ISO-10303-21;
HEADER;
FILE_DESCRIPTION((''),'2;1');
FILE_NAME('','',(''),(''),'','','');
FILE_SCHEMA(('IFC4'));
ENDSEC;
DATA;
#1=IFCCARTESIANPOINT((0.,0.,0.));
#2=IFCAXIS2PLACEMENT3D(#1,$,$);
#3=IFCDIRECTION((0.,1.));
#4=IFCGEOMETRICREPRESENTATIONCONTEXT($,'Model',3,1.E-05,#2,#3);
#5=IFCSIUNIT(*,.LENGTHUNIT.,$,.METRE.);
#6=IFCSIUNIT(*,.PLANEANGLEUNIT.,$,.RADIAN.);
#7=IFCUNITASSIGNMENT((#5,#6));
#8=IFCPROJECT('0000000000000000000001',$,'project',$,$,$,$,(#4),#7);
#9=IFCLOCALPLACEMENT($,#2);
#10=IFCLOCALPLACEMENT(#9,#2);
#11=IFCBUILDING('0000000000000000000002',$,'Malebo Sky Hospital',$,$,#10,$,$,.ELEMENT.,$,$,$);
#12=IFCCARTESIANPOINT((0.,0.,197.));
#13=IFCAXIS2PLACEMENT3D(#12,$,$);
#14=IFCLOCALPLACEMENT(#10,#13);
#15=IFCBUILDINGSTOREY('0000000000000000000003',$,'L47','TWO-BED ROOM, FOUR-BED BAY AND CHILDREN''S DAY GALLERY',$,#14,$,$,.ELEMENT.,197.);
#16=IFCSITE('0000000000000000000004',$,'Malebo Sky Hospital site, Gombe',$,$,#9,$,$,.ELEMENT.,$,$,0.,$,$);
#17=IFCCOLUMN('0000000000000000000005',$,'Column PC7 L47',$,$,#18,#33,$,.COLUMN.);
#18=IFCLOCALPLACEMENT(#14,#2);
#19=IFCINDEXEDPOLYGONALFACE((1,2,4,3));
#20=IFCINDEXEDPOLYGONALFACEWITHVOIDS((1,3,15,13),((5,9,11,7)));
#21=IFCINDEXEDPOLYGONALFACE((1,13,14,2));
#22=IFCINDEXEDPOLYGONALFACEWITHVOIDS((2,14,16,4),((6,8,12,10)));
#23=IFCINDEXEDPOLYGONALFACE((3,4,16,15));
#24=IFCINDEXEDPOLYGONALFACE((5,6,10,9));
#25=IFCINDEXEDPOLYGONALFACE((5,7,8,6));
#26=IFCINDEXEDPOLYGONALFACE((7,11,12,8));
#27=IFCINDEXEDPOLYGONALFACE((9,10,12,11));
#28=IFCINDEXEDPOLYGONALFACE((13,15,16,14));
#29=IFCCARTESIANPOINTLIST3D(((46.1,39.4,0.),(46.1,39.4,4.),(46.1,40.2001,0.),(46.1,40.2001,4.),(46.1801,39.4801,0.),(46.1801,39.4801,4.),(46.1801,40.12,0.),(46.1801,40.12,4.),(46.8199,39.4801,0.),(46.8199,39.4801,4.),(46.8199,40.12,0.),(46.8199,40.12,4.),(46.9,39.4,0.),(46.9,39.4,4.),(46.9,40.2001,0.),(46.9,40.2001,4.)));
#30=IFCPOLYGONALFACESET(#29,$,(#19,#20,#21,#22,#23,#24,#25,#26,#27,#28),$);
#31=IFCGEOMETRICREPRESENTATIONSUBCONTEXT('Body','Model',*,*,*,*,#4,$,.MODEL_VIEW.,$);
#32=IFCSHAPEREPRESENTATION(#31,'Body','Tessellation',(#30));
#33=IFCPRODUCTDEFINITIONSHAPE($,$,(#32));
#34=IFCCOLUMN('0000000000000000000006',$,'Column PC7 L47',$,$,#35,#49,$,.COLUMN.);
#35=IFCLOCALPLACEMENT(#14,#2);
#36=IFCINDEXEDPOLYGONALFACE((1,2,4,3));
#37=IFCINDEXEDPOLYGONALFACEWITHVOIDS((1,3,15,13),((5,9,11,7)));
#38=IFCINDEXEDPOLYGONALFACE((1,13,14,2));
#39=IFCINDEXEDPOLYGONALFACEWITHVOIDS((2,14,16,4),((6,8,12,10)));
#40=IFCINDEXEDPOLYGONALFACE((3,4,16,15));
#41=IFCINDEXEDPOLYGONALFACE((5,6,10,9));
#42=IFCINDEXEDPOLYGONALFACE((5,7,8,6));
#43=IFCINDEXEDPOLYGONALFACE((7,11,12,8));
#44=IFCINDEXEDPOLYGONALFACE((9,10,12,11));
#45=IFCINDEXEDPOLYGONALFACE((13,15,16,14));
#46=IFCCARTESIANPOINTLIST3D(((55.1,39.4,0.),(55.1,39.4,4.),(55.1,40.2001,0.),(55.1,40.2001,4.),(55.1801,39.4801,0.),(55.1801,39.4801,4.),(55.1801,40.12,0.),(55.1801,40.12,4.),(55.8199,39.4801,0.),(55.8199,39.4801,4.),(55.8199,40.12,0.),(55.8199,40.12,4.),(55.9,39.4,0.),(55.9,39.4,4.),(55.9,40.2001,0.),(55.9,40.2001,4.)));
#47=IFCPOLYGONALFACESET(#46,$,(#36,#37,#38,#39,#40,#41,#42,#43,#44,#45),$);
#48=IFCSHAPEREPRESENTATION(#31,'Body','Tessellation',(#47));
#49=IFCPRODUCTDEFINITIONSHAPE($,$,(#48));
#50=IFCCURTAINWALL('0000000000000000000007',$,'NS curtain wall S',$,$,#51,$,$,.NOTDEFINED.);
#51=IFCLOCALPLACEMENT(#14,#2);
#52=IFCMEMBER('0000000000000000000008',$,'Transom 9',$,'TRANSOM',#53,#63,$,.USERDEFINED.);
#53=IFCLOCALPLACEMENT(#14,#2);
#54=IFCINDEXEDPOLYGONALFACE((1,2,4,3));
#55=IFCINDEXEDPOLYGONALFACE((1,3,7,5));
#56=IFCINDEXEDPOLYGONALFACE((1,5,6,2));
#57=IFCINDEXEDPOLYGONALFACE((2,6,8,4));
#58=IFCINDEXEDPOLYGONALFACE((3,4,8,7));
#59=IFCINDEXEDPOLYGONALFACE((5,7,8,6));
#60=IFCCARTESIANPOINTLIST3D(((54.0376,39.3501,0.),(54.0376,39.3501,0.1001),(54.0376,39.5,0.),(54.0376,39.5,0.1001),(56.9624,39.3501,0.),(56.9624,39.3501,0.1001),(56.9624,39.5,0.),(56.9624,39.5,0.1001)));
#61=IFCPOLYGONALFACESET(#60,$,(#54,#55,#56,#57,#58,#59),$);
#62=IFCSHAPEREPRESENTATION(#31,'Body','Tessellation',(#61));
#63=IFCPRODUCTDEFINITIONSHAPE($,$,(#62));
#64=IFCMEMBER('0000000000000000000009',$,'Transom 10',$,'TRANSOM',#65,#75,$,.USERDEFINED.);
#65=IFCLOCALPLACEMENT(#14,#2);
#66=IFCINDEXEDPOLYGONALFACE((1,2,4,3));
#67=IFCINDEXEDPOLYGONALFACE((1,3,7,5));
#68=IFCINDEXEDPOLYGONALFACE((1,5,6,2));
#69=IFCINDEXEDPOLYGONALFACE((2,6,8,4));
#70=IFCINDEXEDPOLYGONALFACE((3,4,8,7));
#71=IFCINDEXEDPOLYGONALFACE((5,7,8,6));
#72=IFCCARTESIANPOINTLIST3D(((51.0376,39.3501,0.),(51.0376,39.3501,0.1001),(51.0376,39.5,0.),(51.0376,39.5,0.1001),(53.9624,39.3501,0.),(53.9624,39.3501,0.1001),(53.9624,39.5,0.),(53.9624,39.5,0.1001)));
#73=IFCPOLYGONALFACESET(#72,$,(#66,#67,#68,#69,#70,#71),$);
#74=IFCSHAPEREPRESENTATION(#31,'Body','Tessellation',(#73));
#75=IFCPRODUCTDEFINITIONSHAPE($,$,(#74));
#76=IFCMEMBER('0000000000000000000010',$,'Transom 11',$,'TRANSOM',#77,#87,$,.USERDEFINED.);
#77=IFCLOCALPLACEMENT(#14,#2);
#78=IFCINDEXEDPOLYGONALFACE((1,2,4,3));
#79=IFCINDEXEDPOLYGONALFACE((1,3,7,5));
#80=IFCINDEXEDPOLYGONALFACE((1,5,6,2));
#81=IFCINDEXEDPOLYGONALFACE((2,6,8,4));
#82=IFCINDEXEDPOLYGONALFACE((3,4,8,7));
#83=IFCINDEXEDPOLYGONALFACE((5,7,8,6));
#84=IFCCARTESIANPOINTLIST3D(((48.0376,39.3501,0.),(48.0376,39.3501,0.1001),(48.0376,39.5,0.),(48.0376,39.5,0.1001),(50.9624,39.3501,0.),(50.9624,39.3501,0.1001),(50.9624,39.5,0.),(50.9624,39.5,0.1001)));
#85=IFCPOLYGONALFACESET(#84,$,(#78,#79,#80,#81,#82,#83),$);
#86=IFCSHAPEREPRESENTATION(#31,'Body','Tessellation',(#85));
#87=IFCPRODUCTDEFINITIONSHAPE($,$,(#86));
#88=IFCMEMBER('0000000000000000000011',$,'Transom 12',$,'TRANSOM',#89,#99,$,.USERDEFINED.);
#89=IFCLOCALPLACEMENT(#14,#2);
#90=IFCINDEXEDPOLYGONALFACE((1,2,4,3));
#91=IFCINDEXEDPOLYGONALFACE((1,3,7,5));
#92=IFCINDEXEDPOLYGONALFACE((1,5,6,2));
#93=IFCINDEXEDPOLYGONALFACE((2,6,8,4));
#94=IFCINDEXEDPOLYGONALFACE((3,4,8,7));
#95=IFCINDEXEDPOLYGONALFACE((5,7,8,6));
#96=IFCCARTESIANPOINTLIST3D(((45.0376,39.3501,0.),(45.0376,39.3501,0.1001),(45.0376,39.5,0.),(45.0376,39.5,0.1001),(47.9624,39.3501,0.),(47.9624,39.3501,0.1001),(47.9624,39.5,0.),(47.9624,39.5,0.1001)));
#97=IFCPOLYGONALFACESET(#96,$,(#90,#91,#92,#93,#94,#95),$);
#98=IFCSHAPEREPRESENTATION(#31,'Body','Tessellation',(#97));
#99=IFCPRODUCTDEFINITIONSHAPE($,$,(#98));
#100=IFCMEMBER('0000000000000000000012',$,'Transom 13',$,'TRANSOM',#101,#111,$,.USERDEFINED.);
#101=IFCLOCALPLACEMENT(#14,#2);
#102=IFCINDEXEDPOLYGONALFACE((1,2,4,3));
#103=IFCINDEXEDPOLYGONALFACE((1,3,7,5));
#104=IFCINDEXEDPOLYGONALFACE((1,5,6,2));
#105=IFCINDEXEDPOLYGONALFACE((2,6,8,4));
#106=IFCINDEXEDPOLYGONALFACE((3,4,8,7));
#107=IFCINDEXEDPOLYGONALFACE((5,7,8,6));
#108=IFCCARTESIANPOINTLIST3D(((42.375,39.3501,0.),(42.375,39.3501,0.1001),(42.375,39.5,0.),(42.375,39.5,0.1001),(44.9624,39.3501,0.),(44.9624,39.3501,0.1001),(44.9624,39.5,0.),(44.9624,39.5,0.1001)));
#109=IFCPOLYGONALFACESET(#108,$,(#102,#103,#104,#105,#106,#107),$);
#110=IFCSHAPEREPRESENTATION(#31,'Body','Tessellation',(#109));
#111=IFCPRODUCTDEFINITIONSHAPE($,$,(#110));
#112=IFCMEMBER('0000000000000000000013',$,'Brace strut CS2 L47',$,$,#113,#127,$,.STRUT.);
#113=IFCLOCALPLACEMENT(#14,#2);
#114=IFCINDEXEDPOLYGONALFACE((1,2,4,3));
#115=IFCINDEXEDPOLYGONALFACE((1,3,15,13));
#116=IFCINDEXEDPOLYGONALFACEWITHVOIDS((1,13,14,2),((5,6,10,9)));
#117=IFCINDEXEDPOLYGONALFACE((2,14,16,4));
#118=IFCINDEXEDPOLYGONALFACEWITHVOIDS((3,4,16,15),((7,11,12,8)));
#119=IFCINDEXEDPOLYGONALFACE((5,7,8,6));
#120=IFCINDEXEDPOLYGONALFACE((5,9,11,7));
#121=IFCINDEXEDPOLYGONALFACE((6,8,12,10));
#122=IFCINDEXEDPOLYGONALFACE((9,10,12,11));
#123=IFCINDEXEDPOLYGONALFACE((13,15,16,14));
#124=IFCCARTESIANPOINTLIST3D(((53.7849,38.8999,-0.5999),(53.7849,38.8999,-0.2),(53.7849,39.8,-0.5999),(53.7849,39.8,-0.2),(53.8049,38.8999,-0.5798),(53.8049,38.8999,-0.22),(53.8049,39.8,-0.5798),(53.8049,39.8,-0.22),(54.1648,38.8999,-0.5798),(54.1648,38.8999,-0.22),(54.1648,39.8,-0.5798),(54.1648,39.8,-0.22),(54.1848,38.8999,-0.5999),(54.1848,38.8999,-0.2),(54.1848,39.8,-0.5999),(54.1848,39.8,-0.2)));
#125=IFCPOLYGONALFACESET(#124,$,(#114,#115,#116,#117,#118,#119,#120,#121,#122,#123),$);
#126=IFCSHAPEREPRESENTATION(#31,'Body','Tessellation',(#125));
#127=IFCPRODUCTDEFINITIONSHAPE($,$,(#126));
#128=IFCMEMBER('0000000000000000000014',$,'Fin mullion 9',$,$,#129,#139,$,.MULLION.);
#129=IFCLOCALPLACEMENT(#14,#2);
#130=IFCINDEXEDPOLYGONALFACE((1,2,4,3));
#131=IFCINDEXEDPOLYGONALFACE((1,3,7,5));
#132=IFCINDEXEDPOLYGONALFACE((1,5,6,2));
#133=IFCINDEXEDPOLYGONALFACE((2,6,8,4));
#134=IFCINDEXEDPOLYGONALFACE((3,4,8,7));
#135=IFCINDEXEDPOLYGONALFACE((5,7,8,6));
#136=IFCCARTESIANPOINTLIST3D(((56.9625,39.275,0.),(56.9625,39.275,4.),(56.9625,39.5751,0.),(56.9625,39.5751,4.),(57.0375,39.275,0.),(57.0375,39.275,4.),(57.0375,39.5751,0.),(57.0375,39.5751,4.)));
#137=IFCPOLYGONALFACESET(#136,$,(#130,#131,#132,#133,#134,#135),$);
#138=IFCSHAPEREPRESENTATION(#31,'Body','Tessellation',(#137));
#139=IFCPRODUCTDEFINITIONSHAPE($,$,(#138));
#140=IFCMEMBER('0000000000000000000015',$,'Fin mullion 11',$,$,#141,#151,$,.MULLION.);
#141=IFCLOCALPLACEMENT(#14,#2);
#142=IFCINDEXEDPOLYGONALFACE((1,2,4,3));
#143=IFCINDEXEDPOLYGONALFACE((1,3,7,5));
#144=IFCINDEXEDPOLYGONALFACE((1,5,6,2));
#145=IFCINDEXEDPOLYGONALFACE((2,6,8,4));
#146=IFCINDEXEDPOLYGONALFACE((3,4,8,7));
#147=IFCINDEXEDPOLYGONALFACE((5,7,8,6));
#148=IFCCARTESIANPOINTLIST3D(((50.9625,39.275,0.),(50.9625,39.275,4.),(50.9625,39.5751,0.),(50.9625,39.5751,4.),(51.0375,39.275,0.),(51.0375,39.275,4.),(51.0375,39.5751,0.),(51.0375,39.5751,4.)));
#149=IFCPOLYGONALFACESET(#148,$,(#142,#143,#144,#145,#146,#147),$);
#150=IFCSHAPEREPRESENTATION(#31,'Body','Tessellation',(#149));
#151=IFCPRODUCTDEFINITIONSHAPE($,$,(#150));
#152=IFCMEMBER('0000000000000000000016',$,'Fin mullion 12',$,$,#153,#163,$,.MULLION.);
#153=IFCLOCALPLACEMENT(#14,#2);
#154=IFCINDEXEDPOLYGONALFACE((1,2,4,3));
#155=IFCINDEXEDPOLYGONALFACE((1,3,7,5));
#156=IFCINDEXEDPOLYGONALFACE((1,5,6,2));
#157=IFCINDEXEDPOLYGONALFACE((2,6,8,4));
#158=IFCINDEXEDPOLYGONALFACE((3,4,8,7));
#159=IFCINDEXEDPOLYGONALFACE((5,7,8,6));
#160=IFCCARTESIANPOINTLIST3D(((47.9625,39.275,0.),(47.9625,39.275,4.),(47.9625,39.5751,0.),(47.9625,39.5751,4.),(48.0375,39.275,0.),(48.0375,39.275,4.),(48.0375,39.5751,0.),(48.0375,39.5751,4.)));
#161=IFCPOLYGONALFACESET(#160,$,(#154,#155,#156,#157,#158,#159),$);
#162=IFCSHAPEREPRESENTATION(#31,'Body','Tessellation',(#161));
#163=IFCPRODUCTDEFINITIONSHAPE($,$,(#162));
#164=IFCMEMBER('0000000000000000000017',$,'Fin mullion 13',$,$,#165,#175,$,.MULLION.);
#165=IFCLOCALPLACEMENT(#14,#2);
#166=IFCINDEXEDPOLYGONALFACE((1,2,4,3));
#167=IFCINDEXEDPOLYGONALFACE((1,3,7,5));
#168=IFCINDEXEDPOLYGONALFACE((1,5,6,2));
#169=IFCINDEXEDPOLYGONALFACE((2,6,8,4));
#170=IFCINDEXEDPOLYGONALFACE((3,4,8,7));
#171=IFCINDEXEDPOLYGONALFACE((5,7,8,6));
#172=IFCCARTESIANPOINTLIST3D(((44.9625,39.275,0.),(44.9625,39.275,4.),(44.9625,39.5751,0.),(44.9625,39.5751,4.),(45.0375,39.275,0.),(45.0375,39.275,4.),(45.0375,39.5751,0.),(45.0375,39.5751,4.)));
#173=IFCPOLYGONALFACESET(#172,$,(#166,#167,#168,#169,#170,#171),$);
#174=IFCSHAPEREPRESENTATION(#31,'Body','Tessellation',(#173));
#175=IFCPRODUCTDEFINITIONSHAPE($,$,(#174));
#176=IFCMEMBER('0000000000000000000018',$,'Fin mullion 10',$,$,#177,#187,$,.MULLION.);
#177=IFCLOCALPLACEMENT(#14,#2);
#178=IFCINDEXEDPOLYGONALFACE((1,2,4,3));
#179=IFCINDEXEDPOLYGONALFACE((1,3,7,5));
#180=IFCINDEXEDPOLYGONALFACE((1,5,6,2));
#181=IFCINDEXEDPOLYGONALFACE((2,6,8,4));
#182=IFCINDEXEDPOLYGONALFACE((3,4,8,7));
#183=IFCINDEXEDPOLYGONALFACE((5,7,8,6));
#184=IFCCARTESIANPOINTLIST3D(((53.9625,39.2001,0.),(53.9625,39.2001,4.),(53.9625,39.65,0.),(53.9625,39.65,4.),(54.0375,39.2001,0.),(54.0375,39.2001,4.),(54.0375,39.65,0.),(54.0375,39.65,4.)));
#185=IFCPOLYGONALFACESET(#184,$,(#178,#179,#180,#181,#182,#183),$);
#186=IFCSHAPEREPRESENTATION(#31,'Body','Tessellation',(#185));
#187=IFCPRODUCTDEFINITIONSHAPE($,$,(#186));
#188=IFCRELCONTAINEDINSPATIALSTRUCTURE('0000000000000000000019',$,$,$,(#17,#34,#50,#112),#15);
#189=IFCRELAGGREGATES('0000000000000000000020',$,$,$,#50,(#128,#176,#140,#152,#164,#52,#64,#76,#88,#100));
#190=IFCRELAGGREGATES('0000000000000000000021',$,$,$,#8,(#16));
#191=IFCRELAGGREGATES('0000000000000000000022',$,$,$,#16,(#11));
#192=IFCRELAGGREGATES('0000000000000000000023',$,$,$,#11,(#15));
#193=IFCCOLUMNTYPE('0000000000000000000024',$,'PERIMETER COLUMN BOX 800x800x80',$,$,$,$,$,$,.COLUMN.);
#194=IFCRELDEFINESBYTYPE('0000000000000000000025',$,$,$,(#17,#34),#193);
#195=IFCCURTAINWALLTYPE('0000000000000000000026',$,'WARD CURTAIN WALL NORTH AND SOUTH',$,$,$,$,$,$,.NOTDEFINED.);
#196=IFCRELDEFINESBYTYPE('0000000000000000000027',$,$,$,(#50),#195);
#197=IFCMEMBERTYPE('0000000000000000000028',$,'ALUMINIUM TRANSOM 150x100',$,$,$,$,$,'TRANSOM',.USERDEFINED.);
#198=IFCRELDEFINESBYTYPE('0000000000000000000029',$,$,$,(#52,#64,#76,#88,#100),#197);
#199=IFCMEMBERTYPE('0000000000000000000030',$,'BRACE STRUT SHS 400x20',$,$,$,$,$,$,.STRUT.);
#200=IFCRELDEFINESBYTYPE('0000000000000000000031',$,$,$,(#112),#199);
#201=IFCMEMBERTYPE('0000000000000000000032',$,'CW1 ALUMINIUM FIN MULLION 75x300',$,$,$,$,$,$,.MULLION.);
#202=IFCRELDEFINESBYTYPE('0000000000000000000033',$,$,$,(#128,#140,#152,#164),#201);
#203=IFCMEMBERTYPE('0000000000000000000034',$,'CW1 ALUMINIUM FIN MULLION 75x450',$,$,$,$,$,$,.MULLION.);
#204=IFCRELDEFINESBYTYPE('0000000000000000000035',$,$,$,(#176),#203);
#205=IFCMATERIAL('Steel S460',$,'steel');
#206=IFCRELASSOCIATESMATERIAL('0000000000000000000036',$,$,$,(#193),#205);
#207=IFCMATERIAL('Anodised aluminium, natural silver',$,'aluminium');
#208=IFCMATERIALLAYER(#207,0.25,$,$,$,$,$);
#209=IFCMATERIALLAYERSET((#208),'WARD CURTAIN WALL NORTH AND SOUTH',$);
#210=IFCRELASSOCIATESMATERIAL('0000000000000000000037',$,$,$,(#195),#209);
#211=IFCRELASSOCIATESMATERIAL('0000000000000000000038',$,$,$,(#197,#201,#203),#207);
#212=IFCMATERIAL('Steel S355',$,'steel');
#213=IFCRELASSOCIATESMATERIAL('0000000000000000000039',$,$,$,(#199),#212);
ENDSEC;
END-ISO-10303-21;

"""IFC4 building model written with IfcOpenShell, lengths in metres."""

from ifc_helpers import new_model, si_unit, direction, frame, origin, origin_2d, place, context, subcontext, project, spatial, rectangle, hollow_rectangle, extrude, material, layer, layer_set, material_profile, profile_set, type_object, element, aggregate, save


model = new_model("IFC4")

# Units and contexts
model_context = context("Model", 3, precision=1e-05, world=origin(), true_north=direction((0.0, 1.0)))
body_context = subcontext(model_context, "Body", "Model", "MODEL_VIEW")
ifc_project = project(units=[si_unit("LENGTHUNIT", "METRE"), si_unit("PLANEANGLEUNIT", "RADIAN")], contexts=[model_context])

# Site, building, storey
site_placement = place(None, origin())
site = spatial("IfcSite", under=ifc_project, at=site_placement, Name="Malebo Sky Hospital site, Gombe", CompositionType="ELEMENT", RefElevation=0.0)
building_placement = place(site_placement, origin())
building = spatial("IfcBuilding", under=site, at=building_placement, Name="Malebo Sky Hospital", CompositionType="ELEMENT")
storey_placement = place(building_placement, frame((0.0, 0.0, 197.0)))
storey = spatial("IfcBuildingStorey", under=building, at=storey_placement, Name="L47", Description="TWO-BED ROOM, FOUR-BED BAY AND CHILDREN'S DAY GALLERY", CompositionType="ELEMENT", Elevation=197.0)

# Columns
ifc_material_1 = material(Name="Steel S460", Category="steel")
ifc_material_profile_1 = material_profile(ifc_material_1, hollow_rectangle(XDim=0.8, YDim=0.8, WallThickness=0.0801, at=origin_2d()), Name="BOX 800x800x80")
ifc_profile_set_1 = profile_set([ifc_material_profile_1], Name="Steel S460")
column_type = type_object("IfcColumnType", Name="PERIMETER COLUMN BOX 800x800x80", PredefinedType="COLUMN", material=ifc_profile_set_1)
for number, where, z_axis, x_axis, name in (
    (1, (46.5, 39.8, 0.0), (0.0, 0.0, 1.0), (1.0, 0.0, 0.0), "Column PC7 L47"),
    (2, (55.5, 39.8, 0.0), (0.0, 0.0, 1.0), (1.0, 0.0, 0.0), "Column PC7 L47"),
):
    element("IfcColumn", number, at=place(storey_placement, frame(where, z_axis=z_axis, x_axis=x_axis)), inside=storey, type_object=column_type, Name=name, PredefinedType="COLUMN", context=body_context, shape_type="SweptSolid", body=[
        extrude(hollow_rectangle(XDim=0.8, YDim=0.8, WallThickness=0.0801, at=origin_2d()), origin(), (0.0, 0.0, 1.0), 4.0),
    ])

# Curtain wall, members
ifc_material_2 = material(Name="Anodised aluminium, natural silver", Category="aluminium")
ifc_layer_1 = layer(ifc_material_2, 0.25)
ifc_layer_set_1 = layer_set([ifc_layer_1], Name="WARD CURTAIN WALL NORTH AND SOUTH")
curtain_wall_type = type_object("IfcCurtainWallType", Name="WARD CURTAIN WALL NORTH AND SOUTH", PredefinedType="NOTDEFINED", material=ifc_layer_set_1)
curtain_wall_placement = place(storey_placement, origin())
curtain_wall = element("IfcCurtainWall", 3, at=curtain_wall_placement, inside=storey, type_object=curtain_wall_type, Name="NS curtain wall S", PredefinedType="NOTDEFINED")
ifc_material_profile_2 = material_profile(ifc_material_2, rectangle(XDim=0.1499, YDim=0.1001, at=origin_2d()), Name="ALUMINIUM TRANSOM 150x100")
ifc_profile_set_2 = profile_set([ifc_material_profile_2], Name="Anodised aluminium, natural silver")
member_type_1 = type_object("IfcMemberType", Name="ALUMINIUM TRANSOM 150x100", ElementType="TRANSOM", PredefinedType="USERDEFINED", material=ifc_profile_set_2)
member_1_placement = place(storey_placement, frame((56.9624, 39.425, 0.05), z_axis=(-1.0, 0.0, 0.0), x_axis=(0.0, -1.0, 0.0)))
member_1 = element("IfcMember", 4, at=member_1_placement, type_object=member_type_1, Name="Transom 9", ObjectType="TRANSOM", PredefinedType="USERDEFINED", context=body_context, shape_type="SweptSolid", body=[
    extrude(rectangle(XDim=0.1499, YDim=0.1001, at=origin_2d()), origin(), (0.0, 0.0, 1.0), 2.9248),
])
member_2_placement = place(storey_placement, frame((53.9624, 39.425, 0.05), z_axis=(-1.0, 0.0, 0.0), x_axis=(0.0, -1.0, 0.0)))
member_2 = element("IfcMember", 5, at=member_2_placement, type_object=member_type_1, Name="Transom 10", ObjectType="TRANSOM", PredefinedType="USERDEFINED", context=body_context, shape_type="SweptSolid", body=[
    extrude(rectangle(XDim=0.1499, YDim=0.1001, at=origin_2d()), origin(), (0.0, 0.0, 1.0), 2.9248),
])
member_3_placement = place(storey_placement, frame((50.9624, 39.425, 0.05), z_axis=(-1.0, 0.0, 0.0), x_axis=(0.0, -1.0, 0.0)))
member_3 = element("IfcMember", 6, at=member_3_placement, type_object=member_type_1, Name="Transom 11", ObjectType="TRANSOM", PredefinedType="USERDEFINED", context=body_context, shape_type="SweptSolid", body=[
    extrude(rectangle(XDim=0.1499, YDim=0.1001, at=origin_2d()), origin(), (0.0, 0.0, 1.0), 2.9248),
])
member_4_placement = place(storey_placement, frame((47.9624, 39.425, 0.05), z_axis=(-1.0, 0.0, 0.0), x_axis=(0.0, -1.0, 0.0)))
member_4 = element("IfcMember", 7, at=member_4_placement, type_object=member_type_1, Name="Transom 12", ObjectType="TRANSOM", PredefinedType="USERDEFINED", context=body_context, shape_type="SweptSolid", body=[
    extrude(rectangle(XDim=0.1499, YDim=0.1001, at=origin_2d()), origin(), (0.0, 0.0, 1.0), 2.9248),
])
member_5_placement = place(storey_placement, frame((44.9624, 39.425, 0.05), z_axis=(-1.0, 0.0, 0.0), x_axis=(0.0, -1.0, 0.0)))
member_5 = element("IfcMember", 8, at=member_5_placement, type_object=member_type_1, Name="Transom 13", ObjectType="TRANSOM", PredefinedType="USERDEFINED", context=body_context, shape_type="SweptSolid", body=[
    extrude(rectangle(XDim=0.1499, YDim=0.1001, at=origin_2d()), origin(), (0.0, 0.0, 1.0), 2.5874),
])

# Members
ifc_material_3 = material(Name="Steel S355", Category="steel")
ifc_material_profile_3 = material_profile(ifc_material_3, hollow_rectangle(XDim=0.3999, YDim=0.3999, WallThickness=0.02, at=origin_2d()), Name="SHS 400x20")
ifc_profile_set_3 = profile_set([ifc_material_profile_3], Name="Steel S355")
member_type_2 = type_object("IfcMemberType", Name="BRACE STRUT SHS 400x20", PredefinedType="STRUT", material=ifc_profile_set_3)
member_6_placement = place(storey_placement, frame((53.9849, 38.8999, -0.3999), z_axis=(0.0, 1.0, 0.0), x_axis=(-1.0, 0.0, 0.0)))
element("IfcMember", 9, at=member_6_placement, inside=storey, type_object=member_type_2, Name="Brace strut CS2 L47", PredefinedType="STRUT", context=body_context, shape_type="SweptSolid", body=[
    extrude(hollow_rectangle(XDim=0.3999, YDim=0.3999, WallThickness=0.02, at=origin_2d()), origin(), (0.0, 0.0, 1.0), 0.9001),
])
ifc_material_profile_4 = material_profile(ifc_material_2, rectangle(XDim=0.075, YDim=0.3, at=origin_2d()), Name="CW1 ALUMINIUM FIN MULLION 75x300")
ifc_profile_set_4 = profile_set([ifc_material_profile_4], Name="Anodised aluminium, natural silver")
member_type_3 = type_object("IfcMemberType", Name="CW1 ALUMINIUM FIN MULLION 75x300", PredefinedType="MULLION", material=ifc_profile_set_4)
member_7_placement = place(storey_placement, frame((57.0, 39.425, 0.0), z_axis=(0.0, 0.0, 1.0), x_axis=(-1.0, 0.0, 0.0)))
member_7 = element("IfcMember", 10, at=member_7_placement, type_object=member_type_3, Name="Fin mullion 9", PredefinedType="MULLION", context=body_context, shape_type="SweptSolid", body=[
    extrude(rectangle(XDim=0.075, YDim=0.3, at=origin_2d()), origin(), (0.0, 0.0, 1.0), 4.0),
])
member_8_placement = place(storey_placement, frame((51.0, 39.425, 0.0), z_axis=(0.0, 0.0, 1.0), x_axis=(-1.0, 0.0, 0.0)))
member_8 = element("IfcMember", 11, at=member_8_placement, type_object=member_type_3, Name="Fin mullion 11", PredefinedType="MULLION", context=body_context, shape_type="SweptSolid", body=[
    extrude(rectangle(XDim=0.075, YDim=0.3, at=origin_2d()), origin(), (0.0, 0.0, 1.0), 4.0),
])
member_9_placement = place(storey_placement, frame((48.0, 39.425, 0.0), z_axis=(0.0, 0.0, 1.0), x_axis=(-1.0, 0.0, 0.0)))
member_9 = element("IfcMember", 12, at=member_9_placement, type_object=member_type_3, Name="Fin mullion 12", PredefinedType="MULLION", context=body_context, shape_type="SweptSolid", body=[
    extrude(rectangle(XDim=0.075, YDim=0.3, at=origin_2d()), origin(), (0.0, 0.0, 1.0), 4.0),
])
member_10_placement = place(storey_placement, frame((45.0, 39.425, 0.0), z_axis=(0.0, 0.0, 1.0), x_axis=(-1.0, 0.0, 0.0)))
member_10 = element("IfcMember", 13, at=member_10_placement, type_object=member_type_3, Name="Fin mullion 13", PredefinedType="MULLION", context=body_context, shape_type="SweptSolid", body=[
    extrude(rectangle(XDim=0.075, YDim=0.3, at=origin_2d()), origin(), (0.0, 0.0, 1.0), 4.0),
])
ifc_material_profile_5 = material_profile(ifc_material_2, rectangle(XDim=0.075, YDim=0.45, at=origin_2d()), Name="CW1 ALUMINIUM FIN MULLION 75x450")
ifc_profile_set_5 = profile_set([ifc_material_profile_5], Name="Anodised aluminium, natural silver")
member_type_4 = type_object("IfcMemberType", Name="CW1 ALUMINIUM FIN MULLION 75x450", PredefinedType="MULLION", material=ifc_profile_set_5)
member_11_placement = place(storey_placement, frame((54.0, 39.425, 0.0), z_axis=(0.0, 0.0, 1.0), x_axis=(-1.0, 0.0, 0.0)))
member_11 = element("IfcMember", 14, at=member_11_placement, type_object=member_type_4, Name="Fin mullion 10", PredefinedType="MULLION", context=body_context, shape_type="SweptSolid", body=[
    extrude(rectangle(XDim=0.075, YDim=0.45, at=origin_2d()), origin(), (0.0, 0.0, 1.0), 4.0),
])

aggregate(curtain_wall, [member_7, member_11, member_8, member_9, member_10, member_1, member_2, member_3, member_4, member_5])

save(model, "model.ifc")
